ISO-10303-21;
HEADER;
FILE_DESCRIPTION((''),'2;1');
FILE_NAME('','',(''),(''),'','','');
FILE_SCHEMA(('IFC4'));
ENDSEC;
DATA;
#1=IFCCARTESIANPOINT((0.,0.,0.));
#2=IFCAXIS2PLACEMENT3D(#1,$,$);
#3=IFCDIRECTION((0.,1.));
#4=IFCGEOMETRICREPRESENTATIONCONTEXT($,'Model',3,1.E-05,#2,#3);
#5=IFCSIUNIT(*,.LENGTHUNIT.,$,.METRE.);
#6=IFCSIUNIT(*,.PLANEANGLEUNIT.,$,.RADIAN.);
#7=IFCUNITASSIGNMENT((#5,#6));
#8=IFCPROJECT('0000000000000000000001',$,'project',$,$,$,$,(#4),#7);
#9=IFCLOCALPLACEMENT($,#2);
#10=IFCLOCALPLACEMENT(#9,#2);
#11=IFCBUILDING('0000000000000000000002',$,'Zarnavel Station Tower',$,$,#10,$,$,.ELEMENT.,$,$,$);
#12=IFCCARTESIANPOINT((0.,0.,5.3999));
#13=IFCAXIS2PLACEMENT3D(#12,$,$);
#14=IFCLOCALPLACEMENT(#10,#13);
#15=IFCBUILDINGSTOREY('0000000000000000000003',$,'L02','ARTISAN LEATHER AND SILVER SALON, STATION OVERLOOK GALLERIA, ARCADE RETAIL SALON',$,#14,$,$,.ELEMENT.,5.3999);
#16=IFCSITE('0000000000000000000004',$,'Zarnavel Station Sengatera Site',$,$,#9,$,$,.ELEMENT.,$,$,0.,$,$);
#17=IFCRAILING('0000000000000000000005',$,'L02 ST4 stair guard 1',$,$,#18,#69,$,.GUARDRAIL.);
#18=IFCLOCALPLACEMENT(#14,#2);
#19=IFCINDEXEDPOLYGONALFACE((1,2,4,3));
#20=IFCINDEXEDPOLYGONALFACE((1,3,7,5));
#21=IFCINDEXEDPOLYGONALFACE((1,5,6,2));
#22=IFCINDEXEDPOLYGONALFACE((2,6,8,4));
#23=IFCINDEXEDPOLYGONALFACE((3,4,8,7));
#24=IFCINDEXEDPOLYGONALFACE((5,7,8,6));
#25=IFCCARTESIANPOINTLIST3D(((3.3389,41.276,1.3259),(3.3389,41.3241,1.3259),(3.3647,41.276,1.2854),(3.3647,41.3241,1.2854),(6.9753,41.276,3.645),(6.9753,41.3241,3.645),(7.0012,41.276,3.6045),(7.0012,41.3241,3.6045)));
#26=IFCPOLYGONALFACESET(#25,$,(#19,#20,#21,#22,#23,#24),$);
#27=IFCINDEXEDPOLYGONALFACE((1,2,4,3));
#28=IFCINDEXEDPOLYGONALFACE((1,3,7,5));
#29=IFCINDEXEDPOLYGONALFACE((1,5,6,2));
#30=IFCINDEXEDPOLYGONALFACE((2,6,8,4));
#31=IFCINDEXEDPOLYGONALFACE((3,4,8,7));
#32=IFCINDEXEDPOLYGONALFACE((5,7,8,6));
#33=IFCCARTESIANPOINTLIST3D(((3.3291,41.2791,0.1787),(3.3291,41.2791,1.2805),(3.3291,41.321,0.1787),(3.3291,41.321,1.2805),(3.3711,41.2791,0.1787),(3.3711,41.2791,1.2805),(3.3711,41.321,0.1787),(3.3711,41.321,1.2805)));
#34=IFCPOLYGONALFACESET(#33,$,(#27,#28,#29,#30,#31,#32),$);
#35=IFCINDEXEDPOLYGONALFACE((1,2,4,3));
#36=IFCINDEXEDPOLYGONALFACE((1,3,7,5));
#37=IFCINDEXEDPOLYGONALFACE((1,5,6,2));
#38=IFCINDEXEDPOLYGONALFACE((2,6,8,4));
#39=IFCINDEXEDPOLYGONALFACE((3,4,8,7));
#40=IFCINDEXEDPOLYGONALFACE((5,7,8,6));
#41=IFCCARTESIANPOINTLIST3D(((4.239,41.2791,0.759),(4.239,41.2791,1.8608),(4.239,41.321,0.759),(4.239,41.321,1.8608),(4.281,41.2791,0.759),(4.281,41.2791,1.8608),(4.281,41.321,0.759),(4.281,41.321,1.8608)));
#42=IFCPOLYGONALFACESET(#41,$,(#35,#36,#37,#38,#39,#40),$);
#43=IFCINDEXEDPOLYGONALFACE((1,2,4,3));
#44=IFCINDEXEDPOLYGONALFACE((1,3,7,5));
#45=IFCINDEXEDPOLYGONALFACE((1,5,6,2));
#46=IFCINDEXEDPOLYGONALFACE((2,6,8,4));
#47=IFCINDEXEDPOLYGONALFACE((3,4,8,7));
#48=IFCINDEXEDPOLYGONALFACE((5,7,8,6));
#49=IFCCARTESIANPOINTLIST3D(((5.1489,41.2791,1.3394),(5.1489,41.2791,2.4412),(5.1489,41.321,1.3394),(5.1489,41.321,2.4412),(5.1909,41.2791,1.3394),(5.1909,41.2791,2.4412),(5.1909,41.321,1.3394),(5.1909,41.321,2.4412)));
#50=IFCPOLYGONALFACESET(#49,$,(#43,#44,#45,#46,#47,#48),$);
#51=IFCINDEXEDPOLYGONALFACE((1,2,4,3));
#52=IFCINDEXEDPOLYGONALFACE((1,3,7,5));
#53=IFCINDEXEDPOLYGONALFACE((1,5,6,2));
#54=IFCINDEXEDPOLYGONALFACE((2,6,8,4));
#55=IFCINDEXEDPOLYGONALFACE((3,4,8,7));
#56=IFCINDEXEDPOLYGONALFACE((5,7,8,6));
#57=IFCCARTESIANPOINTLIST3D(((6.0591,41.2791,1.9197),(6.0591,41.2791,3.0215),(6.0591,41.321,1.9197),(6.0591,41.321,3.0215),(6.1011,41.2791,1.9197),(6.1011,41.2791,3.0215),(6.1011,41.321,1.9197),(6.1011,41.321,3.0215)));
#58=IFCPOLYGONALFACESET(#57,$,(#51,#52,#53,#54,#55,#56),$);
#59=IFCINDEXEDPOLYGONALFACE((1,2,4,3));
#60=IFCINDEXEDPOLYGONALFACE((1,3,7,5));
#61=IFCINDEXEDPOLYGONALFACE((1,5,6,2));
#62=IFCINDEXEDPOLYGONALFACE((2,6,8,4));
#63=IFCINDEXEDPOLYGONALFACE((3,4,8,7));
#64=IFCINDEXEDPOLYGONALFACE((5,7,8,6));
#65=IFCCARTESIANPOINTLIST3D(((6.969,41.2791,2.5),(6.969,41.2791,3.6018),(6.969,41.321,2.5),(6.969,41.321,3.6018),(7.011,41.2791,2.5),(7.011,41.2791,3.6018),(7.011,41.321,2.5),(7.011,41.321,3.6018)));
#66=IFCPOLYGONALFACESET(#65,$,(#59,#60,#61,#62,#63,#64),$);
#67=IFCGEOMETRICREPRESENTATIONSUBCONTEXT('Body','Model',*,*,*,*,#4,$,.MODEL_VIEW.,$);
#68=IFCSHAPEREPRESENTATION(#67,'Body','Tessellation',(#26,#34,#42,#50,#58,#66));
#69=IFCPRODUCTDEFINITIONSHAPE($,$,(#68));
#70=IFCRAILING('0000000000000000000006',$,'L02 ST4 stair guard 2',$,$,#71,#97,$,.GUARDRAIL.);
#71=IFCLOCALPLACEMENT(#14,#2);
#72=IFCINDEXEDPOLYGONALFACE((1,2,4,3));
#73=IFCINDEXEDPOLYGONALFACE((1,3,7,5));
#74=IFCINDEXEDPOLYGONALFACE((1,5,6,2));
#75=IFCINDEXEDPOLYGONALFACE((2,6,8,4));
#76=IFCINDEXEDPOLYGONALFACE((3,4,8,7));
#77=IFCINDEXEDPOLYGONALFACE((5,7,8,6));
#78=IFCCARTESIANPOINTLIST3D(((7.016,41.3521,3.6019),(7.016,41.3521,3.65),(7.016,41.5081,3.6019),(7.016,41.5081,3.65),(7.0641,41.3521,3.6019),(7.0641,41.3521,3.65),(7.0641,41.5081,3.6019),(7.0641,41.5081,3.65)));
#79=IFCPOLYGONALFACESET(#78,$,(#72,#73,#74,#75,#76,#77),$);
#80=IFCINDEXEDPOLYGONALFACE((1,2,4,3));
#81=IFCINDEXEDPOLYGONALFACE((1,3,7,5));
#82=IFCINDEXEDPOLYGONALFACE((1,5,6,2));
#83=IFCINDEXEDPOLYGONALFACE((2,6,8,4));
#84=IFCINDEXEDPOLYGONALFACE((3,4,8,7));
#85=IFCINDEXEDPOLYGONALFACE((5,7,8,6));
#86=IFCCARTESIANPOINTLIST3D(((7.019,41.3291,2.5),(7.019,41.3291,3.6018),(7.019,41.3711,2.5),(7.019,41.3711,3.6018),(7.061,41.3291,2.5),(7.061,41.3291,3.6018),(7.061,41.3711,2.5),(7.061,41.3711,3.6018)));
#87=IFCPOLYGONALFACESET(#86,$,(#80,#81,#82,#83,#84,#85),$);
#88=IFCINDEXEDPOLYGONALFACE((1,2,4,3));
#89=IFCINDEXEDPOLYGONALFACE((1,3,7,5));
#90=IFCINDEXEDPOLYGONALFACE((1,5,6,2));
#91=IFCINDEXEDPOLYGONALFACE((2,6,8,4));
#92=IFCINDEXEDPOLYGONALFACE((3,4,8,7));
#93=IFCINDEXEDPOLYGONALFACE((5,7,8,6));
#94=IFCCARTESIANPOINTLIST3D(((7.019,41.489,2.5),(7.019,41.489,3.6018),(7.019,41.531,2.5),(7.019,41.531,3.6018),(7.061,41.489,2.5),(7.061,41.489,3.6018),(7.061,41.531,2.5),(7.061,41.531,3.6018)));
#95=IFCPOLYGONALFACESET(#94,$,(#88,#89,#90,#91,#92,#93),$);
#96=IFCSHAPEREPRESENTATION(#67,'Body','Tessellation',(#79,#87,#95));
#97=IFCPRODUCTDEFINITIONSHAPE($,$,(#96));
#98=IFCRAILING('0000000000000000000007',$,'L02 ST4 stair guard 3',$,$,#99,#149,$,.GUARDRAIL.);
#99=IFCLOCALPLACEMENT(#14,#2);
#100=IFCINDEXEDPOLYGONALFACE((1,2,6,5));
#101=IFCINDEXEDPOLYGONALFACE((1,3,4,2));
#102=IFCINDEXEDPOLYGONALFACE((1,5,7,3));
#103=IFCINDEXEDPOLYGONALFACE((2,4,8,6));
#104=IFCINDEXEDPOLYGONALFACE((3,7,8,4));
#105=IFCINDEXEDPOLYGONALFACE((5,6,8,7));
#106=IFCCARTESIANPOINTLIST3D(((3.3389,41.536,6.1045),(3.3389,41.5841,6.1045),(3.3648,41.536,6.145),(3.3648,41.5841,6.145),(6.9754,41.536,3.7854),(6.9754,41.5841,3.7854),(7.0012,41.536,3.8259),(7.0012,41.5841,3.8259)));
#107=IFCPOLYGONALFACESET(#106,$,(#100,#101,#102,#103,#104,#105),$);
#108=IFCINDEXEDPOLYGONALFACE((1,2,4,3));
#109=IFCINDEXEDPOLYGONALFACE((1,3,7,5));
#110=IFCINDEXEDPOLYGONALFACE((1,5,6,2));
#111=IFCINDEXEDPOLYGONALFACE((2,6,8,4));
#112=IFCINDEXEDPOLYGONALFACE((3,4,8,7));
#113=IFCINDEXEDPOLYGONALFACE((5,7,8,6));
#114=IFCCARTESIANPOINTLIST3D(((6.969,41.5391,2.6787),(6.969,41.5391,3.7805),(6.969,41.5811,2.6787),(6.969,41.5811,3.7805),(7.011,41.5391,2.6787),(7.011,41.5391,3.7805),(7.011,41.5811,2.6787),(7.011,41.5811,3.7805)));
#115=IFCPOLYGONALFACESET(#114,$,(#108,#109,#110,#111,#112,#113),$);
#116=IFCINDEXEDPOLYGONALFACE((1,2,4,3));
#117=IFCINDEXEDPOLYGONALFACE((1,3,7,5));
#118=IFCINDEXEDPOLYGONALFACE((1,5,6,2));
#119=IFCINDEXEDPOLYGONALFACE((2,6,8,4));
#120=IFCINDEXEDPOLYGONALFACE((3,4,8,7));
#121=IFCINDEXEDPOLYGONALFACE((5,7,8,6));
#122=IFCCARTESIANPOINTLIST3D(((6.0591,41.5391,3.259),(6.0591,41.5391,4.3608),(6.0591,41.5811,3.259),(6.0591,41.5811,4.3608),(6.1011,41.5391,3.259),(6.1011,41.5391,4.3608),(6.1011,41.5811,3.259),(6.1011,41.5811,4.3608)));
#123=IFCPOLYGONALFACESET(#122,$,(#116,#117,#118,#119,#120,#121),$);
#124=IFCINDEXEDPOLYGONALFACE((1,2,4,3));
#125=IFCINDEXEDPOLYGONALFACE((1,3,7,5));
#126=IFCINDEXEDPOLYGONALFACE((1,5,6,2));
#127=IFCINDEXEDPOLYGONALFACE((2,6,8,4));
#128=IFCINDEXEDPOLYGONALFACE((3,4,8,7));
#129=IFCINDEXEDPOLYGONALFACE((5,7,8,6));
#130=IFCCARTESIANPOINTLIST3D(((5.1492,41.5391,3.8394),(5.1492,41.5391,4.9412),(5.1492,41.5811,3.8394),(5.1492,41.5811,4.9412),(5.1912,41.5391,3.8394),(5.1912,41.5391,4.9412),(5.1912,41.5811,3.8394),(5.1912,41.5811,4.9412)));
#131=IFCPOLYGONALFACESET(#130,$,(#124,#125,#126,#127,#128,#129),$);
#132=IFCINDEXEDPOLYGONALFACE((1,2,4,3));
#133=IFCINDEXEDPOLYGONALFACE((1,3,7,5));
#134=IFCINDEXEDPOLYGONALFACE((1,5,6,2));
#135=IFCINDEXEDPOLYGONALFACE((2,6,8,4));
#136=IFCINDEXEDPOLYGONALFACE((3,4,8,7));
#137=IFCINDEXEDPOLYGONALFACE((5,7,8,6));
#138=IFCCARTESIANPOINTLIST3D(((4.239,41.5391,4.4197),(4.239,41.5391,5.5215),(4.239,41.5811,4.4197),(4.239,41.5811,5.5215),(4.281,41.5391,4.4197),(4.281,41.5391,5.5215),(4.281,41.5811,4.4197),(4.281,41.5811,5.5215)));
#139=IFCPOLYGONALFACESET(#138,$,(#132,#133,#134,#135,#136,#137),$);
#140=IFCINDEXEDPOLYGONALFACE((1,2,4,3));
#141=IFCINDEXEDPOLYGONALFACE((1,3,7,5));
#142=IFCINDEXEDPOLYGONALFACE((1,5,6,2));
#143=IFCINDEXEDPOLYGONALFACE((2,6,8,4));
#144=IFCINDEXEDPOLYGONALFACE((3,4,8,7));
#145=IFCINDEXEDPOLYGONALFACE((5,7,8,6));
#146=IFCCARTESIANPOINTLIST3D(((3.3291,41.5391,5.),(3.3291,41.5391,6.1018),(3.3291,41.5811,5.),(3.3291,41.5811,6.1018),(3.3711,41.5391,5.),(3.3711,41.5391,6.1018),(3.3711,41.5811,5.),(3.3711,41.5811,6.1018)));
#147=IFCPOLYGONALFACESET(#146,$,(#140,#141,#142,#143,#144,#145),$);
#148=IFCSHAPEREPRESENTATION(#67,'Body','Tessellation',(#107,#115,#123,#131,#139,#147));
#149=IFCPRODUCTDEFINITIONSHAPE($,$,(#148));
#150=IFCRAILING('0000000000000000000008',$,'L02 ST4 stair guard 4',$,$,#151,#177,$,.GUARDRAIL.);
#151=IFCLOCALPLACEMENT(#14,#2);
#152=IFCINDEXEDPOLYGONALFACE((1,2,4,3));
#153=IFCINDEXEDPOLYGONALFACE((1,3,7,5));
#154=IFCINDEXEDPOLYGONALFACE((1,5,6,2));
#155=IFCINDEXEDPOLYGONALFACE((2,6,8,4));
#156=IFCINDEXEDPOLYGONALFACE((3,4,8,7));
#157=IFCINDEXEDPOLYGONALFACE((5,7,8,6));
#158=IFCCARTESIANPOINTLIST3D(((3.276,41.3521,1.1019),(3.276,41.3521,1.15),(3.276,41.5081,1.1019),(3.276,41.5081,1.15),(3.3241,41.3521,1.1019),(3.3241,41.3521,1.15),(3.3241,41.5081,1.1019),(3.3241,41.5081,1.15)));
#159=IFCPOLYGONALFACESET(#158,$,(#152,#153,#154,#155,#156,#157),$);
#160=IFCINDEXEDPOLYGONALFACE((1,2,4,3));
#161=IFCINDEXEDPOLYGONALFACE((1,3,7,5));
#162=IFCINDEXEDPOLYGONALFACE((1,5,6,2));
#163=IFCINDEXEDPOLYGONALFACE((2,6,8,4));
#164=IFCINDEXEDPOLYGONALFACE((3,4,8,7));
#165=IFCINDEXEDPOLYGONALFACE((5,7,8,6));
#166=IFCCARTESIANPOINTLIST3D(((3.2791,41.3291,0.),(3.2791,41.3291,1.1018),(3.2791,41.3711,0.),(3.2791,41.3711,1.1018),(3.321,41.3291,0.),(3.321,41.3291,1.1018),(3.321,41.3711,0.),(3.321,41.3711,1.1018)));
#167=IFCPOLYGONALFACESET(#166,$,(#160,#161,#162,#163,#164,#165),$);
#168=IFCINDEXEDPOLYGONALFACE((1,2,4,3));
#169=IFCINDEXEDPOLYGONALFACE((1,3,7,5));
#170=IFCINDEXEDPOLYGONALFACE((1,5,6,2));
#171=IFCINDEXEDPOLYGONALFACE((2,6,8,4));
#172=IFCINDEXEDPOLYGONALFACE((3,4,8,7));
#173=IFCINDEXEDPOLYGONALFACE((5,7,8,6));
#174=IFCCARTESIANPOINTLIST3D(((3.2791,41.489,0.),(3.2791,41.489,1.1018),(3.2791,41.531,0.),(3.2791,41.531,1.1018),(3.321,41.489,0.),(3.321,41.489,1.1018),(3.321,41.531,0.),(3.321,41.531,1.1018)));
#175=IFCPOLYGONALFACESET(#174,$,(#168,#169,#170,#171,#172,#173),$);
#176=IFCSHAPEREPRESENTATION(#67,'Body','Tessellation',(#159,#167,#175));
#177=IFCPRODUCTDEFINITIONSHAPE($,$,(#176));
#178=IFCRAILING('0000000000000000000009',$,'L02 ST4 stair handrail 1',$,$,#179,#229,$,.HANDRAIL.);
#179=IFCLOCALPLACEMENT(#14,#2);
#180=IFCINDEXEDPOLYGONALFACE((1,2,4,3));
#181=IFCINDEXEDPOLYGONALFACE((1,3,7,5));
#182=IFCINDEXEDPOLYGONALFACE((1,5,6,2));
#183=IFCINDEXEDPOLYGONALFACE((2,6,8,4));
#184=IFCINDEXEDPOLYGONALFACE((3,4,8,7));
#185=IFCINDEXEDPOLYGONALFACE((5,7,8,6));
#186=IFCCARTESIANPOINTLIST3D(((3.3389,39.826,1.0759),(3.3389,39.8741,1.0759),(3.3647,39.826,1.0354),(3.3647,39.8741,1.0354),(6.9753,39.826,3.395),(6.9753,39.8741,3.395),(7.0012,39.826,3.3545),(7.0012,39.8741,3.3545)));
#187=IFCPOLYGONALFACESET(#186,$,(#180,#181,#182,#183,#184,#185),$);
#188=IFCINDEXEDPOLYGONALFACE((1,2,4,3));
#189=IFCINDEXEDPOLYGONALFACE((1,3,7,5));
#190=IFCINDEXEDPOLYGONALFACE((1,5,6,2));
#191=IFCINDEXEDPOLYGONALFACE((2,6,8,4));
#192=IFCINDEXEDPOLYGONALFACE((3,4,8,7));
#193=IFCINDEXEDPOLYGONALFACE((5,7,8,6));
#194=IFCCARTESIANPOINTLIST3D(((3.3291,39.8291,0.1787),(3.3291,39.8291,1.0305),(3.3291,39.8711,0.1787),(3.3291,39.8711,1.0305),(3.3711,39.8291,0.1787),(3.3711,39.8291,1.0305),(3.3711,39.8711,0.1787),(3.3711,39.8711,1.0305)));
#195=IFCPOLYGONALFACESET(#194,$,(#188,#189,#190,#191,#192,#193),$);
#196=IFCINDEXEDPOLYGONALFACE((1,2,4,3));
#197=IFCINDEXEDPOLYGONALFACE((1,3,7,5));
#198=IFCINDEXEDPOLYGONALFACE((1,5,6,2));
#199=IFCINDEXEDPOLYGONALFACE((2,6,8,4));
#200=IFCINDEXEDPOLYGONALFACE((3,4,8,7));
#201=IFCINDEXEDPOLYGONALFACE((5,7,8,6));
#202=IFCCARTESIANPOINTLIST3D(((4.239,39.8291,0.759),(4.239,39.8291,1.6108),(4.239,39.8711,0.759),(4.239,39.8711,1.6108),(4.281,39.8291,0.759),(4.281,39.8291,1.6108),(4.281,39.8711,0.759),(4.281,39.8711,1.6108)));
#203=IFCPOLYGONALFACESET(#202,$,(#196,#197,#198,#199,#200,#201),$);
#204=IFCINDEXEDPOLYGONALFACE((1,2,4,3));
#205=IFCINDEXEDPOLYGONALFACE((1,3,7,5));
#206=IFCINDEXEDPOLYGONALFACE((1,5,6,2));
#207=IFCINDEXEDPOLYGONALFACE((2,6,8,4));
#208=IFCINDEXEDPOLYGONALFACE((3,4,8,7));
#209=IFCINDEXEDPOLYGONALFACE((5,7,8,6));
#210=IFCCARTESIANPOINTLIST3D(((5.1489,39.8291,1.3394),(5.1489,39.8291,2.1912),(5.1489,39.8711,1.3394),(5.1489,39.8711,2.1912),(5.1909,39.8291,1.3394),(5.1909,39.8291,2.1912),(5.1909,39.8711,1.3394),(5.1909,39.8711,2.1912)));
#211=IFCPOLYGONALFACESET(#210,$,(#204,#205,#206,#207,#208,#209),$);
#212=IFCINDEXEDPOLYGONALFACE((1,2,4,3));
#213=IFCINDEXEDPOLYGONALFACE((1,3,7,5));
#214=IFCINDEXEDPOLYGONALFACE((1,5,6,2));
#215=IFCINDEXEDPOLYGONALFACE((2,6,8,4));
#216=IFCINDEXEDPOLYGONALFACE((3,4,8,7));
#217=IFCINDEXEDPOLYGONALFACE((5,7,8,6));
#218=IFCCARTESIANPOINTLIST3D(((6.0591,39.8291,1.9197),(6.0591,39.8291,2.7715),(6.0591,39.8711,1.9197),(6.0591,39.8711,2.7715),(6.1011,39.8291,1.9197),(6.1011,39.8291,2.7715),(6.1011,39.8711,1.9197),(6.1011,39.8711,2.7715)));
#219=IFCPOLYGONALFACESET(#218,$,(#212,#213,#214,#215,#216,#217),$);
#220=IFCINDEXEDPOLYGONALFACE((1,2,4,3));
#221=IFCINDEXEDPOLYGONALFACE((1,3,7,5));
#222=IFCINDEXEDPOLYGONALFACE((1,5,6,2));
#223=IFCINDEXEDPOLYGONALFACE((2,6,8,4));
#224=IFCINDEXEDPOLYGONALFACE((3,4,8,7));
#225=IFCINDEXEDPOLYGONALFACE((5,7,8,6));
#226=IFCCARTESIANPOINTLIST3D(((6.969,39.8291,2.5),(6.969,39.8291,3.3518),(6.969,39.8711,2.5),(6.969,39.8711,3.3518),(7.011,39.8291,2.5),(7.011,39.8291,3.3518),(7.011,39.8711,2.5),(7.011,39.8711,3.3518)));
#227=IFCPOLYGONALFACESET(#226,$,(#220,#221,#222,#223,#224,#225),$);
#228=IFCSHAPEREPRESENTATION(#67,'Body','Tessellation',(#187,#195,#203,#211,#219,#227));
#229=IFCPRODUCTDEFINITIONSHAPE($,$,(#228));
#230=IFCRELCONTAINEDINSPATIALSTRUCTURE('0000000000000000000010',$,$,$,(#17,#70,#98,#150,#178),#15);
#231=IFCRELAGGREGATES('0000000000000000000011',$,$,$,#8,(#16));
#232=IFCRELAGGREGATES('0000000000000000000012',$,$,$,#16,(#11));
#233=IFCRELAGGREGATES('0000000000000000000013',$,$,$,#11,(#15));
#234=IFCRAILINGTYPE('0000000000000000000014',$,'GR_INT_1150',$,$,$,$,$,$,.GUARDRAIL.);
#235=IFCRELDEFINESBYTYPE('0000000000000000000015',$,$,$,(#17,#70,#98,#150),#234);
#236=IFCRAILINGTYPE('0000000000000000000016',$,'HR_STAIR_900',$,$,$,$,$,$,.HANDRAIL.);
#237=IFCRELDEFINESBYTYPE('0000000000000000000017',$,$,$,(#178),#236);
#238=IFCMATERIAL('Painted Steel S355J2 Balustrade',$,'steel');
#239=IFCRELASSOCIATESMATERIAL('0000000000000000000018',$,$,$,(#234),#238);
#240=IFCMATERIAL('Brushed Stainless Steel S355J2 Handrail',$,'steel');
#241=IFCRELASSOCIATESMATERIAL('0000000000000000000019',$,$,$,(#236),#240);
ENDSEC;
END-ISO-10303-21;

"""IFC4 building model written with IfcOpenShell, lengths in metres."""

from ifc_helpers import new_model, si_unit, direction, frame, origin, origin_2d, place, context, subcontext, project, spatial, rectangle, extrude, material, type_object, element, save


model = new_model("IFC4")

# Units and contexts
model_context = context("Model", 3, precision=1e-05, world=origin(), true_north=direction((0.0, 1.0)))
body_context = subcontext(model_context, "Body", "Model", "MODEL_VIEW")
ifc_project = project(units=[si_unit("LENGTHUNIT", "METRE"), si_unit("PLANEANGLEUNIT", "RADIAN")], contexts=[model_context])

# Site, building, storey
site_placement = place(None, origin())
site = spatial("IfcSite", under=ifc_project, at=site_placement, Name="Zarnavel Station Sengatera Site", CompositionType="ELEMENT", RefElevation=0.0)
building_placement = place(site_placement, origin())
building = spatial("IfcBuilding", under=site, at=building_placement, Name="Zarnavel Station Tower", CompositionType="ELEMENT")
storey_placement = place(building_placement, frame((0.0, 0.0, 5.3999)))
storey = spatial("IfcBuildingStorey", under=building, at=storey_placement, Name="L02", Description="ARTISAN LEATHER AND SILVER SALON, STATION OVERLOOK GALLERIA, ARCADE RETAIL SALON", CompositionType="ELEMENT", Elevation=5.3999)

# Railings
ifc_material_1 = material(Name="Painted Steel S355J2 Balustrade", Category="steel")
railing_type_1 = type_object("IfcRailingType", Name="GR_INT_1150", PredefinedType="GUARDRAIL", material=ifc_material_1)
railing_1_placement = place(storey_placement, frame((3.3501, 41.3, 0.1787)))
element("IfcRailing", 1, at=railing_1_placement, inside=storey, type_object=railing_type_1, Name="L02 ST4 stair guard 1", PredefinedType="GUARDRAIL", context=body_context, shape_type="SweptSolid", body=[
    extrude(rectangle(XDim=0.0481, YDim=0.0481, at=origin_2d()), frame((0.0017, 0.0, 1.127), z_axis=(0.843137, 0.0, 0.537699), x_axis=(0.0, 1.0, 0.0)), (0.0, 0.0, 1.0), 4.313),
    extrude(rectangle(XDim=0.042, YDim=0.042, at=origin_2d()), origin(), (0.0, 0.0, 1.0), 1.1018),
    extrude(rectangle(XDim=0.042, YDim=0.042, at=origin_2d()), frame((0.9099, 0.0, 0.5803)), (0.0, 0.0, 1.0), 1.1018),
    extrude(rectangle(XDim=0.042, YDim=0.042, at=origin_2d()), frame((1.8198, 0.0, 1.1606)), (0.0, 0.0, 1.0), 1.1018),
    extrude(rectangle(XDim=0.042, YDim=0.042, at=origin_2d()), frame((2.73, 0.0, 1.741)), (0.0, 0.0, 1.0), 1.1018),
    extrude(rectangle(XDim=0.042, YDim=0.042, at=origin_2d()), frame((3.6399, 0.0, 2.3213)), (0.0, 0.0, 1.0), 1.1018),
])
railing_2_placement = place(storey_placement, frame((7.04, 41.3501, 2.5)))
element("IfcRailing", 2, at=railing_2_placement, inside=storey, type_object=railing_type_1, Name="L02 ST4 stair guard 2", PredefinedType="GUARDRAIL", context=body_context, shape_type="SweptSolid", body=[
    extrude(rectangle(XDim=0.0481, YDim=0.0481, at=origin_2d()), frame((0.0, 0.002, 1.126), z_axis=(0.0, 1.0, 0.0), x_axis=(-1.0, 0.0, 0.0)), (0.0, 0.0, 1.0), 0.156),
    extrude(rectangle(XDim=0.042, YDim=0.042, at=origin_2d()), origin(), (0.0, 0.0, 1.0), 1.1018),
    extrude(rectangle(XDim=0.042, YDim=0.042, at=origin_2d()), frame((0.0, 0.1599, 0.0)), (0.0, 0.0, 1.0), 1.1018),
])
railing_3_placement = place(storey_placement, frame((6.99, 41.5601, 2.6787)))
element("IfcRailing", 3, at=railing_3_placement, inside=storey, type_object=railing_type_1, Name="L02 ST4 stair guard 3", PredefinedType="GUARDRAIL", context=body_context, shape_type="SweptSolid", body=[
    extrude(rectangle(XDim=0.0481, YDim=0.0481, at=origin_2d()), frame((-0.0017, 0.0, 1.127), z_axis=(-0.843137, 0.0, 0.537699), x_axis=(0.0, -1.0, 0.0)), (0.0, 0.0, 1.0), 4.313),
    extrude(rectangle(XDim=0.042, YDim=0.042, at=origin_2d()), origin(), (0.0, 0.0, 1.0), 1.1018),
    extrude(rectangle(XDim=0.042, YDim=0.042, at=origin_2d()), frame((-0.9099, 0.0, 0.5803)), (0.0, 0.0, 1.0), 1.1018),
    extrude(rectangle(XDim=0.042, YDim=0.042, at=origin_2d()), frame((-1.8198, 0.0, 1.1606)), (0.0, 0.0, 1.0), 1.1018),
    extrude(rectangle(XDim=0.042, YDim=0.042, at=origin_2d()), frame((-2.73, 0.0, 1.741)), (0.0, 0.0, 1.0), 1.1018),
    extrude(rectangle(XDim=0.042, YDim=0.042, at=origin_2d()), frame((-3.6399, 0.0, 2.3213)), (0.0, 0.0, 1.0), 1.1018),
])
railing_4_placement = place(storey_placement, frame((3.3, 41.3501, 0.0)))
element("IfcRailing", 4, at=railing_4_placement, inside=storey, type_object=railing_type_1, Name="L02 ST4 stair guard 4", PredefinedType="GUARDRAIL", context=body_context, shape_type="SweptSolid", body=[
    extrude(rectangle(XDim=0.0481, YDim=0.0481, at=origin_2d()), frame((0.0, 0.002, 1.126), z_axis=(0.0, 1.0, 0.0), x_axis=(-1.0, 0.0, 0.0)), (0.0, 0.0, 1.0), 0.156),
    extrude(rectangle(XDim=0.042, YDim=0.042, at=origin_2d()), origin(), (0.0, 0.0, 1.0), 1.1018),
    extrude(rectangle(XDim=0.042, YDim=0.042, at=origin_2d()), frame((0.0, 0.1599, 0.0)), (0.0, 0.0, 1.0), 1.1018),
])
ifc_material_2 = material(Name="Brushed Stainless Steel S355J2 Handrail", Category="steel")
railing_type_2 = type_object("IfcRailingType", Name="HR_STAIR_900", PredefinedType="HANDRAIL", material=ifc_material_2)
railing_5_placement = place(storey_placement, frame((3.3501, 39.8501, 0.1787)))
element("IfcRailing", 5, at=railing_5_placement, inside=storey, type_object=railing_type_2, Name="L02 ST4 stair handrail 1", PredefinedType="HANDRAIL", context=body_context, shape_type="SweptSolid", body=[
    extrude(rectangle(XDim=0.0481, YDim=0.0481, at=origin_2d()), frame((0.0017, 0.0, 0.877), z_axis=(0.843137, 0.0, 0.537699), x_axis=(0.0, 1.0, 0.0)), (0.0, 0.0, 1.0), 4.313),
    extrude(rectangle(XDim=0.042, YDim=0.042, at=origin_2d()), origin(), (0.0, 0.0, 1.0), 0.8518),
    extrude(rectangle(XDim=0.042, YDim=0.042, at=origin_2d()), frame((0.9099, 0.0, 0.5803)), (0.0, 0.0, 1.0), 0.8518),
    extrude(rectangle(XDim=0.042, YDim=0.042, at=origin_2d()), frame((1.8198, 0.0, 1.1606)), (0.0, 0.0, 1.0), 0.8518),
    extrude(rectangle(XDim=0.042, YDim=0.042, at=origin_2d()), frame((2.73, 0.0, 1.741)), (0.0, 0.0, 1.0), 0.8518),
    extrude(rectangle(XDim=0.042, YDim=0.042, at=origin_2d()), frame((3.6399, 0.0, 2.3213)), (0.0, 0.0, 1.0), 0.8518),
])

save(model, "model.ifc")
